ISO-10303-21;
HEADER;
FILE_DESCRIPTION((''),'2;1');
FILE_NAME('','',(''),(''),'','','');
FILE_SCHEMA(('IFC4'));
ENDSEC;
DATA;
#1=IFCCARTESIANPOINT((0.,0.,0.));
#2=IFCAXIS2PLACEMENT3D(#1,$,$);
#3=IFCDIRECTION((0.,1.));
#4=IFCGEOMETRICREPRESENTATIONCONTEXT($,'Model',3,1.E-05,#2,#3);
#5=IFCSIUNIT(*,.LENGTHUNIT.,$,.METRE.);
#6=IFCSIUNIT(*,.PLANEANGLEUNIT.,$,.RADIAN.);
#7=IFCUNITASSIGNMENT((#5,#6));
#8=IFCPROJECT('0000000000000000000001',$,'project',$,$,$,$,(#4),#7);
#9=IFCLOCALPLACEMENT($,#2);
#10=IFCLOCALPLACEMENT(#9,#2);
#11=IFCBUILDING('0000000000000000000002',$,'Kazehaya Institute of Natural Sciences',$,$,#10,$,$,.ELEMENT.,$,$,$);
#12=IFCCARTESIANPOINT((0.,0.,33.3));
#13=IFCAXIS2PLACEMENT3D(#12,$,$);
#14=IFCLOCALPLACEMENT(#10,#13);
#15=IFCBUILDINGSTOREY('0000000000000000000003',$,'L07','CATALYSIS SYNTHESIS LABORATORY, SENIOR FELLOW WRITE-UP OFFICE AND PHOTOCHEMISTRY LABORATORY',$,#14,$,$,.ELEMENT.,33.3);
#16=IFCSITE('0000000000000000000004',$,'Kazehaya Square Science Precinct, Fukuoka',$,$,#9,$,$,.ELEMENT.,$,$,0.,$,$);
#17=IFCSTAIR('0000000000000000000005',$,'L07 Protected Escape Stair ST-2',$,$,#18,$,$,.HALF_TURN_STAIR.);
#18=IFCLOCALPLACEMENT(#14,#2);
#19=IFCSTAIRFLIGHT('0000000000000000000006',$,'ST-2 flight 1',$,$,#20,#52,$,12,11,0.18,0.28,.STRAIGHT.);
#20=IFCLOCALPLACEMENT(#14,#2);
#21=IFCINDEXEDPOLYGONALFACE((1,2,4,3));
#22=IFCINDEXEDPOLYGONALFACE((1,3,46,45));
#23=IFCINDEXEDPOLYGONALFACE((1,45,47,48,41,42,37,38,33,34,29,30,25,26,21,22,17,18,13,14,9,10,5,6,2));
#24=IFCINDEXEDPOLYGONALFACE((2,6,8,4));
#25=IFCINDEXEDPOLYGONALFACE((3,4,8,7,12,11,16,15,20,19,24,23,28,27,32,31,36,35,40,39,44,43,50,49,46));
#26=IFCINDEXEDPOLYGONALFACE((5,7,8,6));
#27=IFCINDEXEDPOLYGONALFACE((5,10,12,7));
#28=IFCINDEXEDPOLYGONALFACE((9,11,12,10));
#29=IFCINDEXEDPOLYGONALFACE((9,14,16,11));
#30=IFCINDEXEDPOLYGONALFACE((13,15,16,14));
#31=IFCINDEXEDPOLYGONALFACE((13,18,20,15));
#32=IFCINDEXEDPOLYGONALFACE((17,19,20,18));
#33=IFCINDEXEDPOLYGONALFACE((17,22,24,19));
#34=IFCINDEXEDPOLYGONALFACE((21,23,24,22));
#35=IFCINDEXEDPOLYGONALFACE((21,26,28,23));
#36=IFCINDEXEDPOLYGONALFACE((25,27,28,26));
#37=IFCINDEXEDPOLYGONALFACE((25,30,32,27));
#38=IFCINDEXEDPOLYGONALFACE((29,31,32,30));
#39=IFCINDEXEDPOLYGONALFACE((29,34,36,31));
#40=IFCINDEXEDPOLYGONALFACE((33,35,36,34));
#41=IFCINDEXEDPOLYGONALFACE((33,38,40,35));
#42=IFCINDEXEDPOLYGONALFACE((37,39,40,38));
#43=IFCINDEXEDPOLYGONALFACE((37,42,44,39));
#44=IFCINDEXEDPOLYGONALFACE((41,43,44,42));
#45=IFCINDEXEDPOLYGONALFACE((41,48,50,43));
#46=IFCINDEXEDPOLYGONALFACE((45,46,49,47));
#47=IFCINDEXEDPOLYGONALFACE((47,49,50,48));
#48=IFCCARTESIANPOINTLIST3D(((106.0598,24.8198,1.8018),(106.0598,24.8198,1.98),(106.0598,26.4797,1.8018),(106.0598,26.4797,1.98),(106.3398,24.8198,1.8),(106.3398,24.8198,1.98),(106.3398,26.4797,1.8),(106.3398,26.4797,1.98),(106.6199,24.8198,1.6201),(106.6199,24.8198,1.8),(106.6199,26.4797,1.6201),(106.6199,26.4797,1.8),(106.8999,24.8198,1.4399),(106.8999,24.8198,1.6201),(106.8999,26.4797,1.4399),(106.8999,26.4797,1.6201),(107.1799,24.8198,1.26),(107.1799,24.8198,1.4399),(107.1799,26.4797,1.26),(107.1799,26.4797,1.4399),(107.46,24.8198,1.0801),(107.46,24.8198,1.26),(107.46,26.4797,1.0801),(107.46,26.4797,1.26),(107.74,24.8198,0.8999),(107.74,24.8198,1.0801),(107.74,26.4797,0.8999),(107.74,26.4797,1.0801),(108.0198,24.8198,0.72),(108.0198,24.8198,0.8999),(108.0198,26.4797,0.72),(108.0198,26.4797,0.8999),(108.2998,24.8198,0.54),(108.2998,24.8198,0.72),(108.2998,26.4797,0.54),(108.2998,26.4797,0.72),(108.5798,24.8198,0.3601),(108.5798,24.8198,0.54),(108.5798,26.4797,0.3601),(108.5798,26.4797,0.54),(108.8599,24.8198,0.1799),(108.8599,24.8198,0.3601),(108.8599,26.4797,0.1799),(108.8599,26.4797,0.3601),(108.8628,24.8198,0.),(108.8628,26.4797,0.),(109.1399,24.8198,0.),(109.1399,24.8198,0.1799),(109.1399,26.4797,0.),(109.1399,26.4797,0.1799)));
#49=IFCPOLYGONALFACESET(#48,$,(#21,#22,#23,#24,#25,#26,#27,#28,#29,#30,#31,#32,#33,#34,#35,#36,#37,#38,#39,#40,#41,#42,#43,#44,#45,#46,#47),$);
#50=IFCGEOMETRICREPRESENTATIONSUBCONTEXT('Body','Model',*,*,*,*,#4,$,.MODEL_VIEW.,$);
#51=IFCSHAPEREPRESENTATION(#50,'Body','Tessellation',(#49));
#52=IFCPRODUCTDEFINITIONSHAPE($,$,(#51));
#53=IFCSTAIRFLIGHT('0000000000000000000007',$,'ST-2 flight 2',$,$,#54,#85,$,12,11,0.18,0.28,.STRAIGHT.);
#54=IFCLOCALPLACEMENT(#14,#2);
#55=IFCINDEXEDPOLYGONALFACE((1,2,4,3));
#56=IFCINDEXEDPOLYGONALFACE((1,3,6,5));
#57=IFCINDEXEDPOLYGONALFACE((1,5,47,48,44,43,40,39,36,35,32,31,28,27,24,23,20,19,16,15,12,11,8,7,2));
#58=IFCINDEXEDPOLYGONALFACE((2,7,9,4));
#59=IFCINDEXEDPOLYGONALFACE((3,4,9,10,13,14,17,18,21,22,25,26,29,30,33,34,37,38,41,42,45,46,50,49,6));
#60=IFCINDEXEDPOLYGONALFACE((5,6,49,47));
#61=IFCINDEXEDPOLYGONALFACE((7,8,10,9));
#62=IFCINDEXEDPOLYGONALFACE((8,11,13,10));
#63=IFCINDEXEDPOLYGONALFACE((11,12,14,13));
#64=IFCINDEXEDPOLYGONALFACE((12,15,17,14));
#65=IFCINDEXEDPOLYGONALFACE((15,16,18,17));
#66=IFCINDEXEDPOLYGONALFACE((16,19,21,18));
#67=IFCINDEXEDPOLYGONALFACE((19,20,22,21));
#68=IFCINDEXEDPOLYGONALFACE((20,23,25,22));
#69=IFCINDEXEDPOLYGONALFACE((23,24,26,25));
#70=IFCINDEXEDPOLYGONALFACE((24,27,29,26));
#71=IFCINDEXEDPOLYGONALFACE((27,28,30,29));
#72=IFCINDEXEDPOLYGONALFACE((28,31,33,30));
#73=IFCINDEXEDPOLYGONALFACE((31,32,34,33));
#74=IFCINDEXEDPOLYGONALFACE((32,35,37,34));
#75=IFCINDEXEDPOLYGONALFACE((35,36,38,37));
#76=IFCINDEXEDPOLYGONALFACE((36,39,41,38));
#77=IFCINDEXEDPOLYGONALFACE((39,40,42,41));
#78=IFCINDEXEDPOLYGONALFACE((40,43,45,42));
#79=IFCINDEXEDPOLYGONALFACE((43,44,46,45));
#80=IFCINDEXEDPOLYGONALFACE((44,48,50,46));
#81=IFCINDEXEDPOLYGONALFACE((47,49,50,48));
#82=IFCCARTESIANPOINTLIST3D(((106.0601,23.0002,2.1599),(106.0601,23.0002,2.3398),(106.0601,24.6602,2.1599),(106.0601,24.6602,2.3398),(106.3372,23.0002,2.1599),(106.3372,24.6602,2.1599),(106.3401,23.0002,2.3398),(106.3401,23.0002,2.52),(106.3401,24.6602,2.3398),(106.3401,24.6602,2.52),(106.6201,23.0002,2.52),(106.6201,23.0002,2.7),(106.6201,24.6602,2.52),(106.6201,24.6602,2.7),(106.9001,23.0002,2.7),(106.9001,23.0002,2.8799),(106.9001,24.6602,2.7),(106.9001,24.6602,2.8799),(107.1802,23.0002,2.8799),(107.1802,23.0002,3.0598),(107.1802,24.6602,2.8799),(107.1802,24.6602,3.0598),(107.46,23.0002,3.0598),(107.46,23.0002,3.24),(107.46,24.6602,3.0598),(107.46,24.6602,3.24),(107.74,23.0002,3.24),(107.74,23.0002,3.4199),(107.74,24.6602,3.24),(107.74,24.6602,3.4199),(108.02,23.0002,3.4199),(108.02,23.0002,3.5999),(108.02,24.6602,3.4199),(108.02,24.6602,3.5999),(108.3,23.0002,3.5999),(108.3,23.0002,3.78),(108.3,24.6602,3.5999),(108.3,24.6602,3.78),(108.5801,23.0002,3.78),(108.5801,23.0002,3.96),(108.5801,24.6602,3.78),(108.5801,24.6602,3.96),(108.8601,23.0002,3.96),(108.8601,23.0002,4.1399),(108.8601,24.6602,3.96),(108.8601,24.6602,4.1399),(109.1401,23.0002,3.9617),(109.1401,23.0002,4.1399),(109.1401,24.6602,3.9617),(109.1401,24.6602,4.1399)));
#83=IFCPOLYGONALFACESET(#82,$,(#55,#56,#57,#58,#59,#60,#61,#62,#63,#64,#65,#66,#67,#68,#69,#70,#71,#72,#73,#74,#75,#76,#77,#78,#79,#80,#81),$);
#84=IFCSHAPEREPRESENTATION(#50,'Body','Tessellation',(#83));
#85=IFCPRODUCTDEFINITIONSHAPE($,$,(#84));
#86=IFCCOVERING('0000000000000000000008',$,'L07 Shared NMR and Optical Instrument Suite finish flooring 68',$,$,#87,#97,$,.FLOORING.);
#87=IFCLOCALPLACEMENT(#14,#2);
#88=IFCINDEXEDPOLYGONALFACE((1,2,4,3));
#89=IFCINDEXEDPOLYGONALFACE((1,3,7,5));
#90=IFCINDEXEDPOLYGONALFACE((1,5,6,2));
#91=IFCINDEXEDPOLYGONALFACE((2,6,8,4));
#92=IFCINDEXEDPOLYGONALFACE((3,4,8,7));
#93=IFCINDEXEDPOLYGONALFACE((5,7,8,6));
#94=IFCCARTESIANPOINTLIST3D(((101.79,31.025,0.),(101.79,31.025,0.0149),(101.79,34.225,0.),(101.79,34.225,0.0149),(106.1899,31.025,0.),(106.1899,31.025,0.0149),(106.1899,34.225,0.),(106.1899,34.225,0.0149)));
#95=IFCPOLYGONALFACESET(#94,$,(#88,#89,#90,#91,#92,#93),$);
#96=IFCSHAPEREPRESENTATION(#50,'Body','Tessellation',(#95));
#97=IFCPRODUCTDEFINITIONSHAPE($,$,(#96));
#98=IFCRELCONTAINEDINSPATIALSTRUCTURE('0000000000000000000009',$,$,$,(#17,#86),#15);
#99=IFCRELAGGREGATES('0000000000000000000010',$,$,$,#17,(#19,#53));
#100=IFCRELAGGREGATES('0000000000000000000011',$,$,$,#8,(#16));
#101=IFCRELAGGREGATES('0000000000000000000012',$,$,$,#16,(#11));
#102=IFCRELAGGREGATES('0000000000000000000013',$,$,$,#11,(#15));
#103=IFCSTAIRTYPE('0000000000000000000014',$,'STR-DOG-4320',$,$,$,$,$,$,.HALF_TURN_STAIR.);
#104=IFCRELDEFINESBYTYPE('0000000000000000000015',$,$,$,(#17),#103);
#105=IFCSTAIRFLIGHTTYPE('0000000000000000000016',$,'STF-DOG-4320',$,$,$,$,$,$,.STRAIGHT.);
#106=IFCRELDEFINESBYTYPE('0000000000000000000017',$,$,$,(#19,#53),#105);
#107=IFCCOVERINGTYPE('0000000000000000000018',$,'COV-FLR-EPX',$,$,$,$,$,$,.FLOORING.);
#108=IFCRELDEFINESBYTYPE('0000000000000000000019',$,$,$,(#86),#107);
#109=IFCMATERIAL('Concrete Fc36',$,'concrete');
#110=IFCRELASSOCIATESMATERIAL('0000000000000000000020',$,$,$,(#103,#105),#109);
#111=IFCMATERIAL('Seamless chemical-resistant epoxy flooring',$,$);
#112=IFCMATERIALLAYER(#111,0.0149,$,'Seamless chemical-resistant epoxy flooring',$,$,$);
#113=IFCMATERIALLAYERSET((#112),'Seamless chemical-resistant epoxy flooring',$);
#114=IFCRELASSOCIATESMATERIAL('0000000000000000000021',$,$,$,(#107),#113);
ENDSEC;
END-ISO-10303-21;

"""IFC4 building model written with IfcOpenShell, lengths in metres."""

from ifc_helpers import new_model, si_unit, direction, frame, origin, origin_2d, place, context, subcontext, project, spatial, polyline, rectangle, outline, extrude, material, layer, layer_set, type_object, element, aggregate, save


model = new_model("IFC4")

# Units and contexts
model_context = context("Model", 3, precision=1e-05, world=origin(), true_north=direction((0.0, 1.0)))
body_context = subcontext(model_context, "Body", "Model", "MODEL_VIEW")
ifc_project = project(units=[si_unit("LENGTHUNIT", "METRE"), si_unit("PLANEANGLEUNIT", "RADIAN")], contexts=[model_context])

# Site, building, storey
site_placement = place(None, origin())
site = spatial("IfcSite", under=ifc_project, at=site_placement, Name="Kazehaya Square Science Precinct, Fukuoka", CompositionType="ELEMENT", RefElevation=0.0)
building_placement = place(site_placement, origin())
building = spatial("IfcBuilding", under=site, at=building_placement, Name="Kazehaya Institute of Natural Sciences", CompositionType="ELEMENT")
storey_placement = place(building_placement, frame((0.0, 0.0, 33.3)))
storey = spatial("IfcBuildingStorey", under=building, at=storey_placement, Name="L07", Description="CATALYSIS SYNTHESIS LABORATORY, SENIOR FELLOW WRITE-UP OFFICE AND PHOTOCHEMISTRY LABORATORY", CompositionType="ELEMENT", Elevation=33.3)

# Shared definitions
ifc_material_1 = material(Name="Concrete Fc36", Category="concrete")

# Stair, stair flights
stair_type = type_object("IfcStairType", Name="STR-DOG-4320", PredefinedType="HALF_TURN_STAIR", material=ifc_material_1)
stair_placement = place(storey_placement, origin())
stair = element("IfcStair", 1, at=stair_placement, inside=storey, type_object=stair_type, Name="L07 Protected Escape Stair ST-2", PredefinedType="HALF_TURN_STAIR")
stair_flight_type = type_object("IfcStairFlightType", Name="STF-DOG-4320", PredefinedType="STRAIGHT", material=ifc_material_1)
stair_flight_1_placement = place(storey_placement, frame((109.1399, 25.6499, 0.0), z_axis=(0.0, 0.0, 1.0), x_axis=(-1.0, 0.0, 0.0)))
stair_flight_1 = element("IfcStairFlight", 2, at=stair_flight_1_placement, type_object=stair_flight_type, Name="ST-2 flight 1", NumberOfRisers=12, NumberOfTreads=11, PredefinedType="STRAIGHT", RiserHeight=0.18, TreadLength=0.28, context=body_context, shape_type="SweptSolid", body=[
    extrude(outline(polyline([(0.0, 0.0), (0.0, 0.1799), (0.28, 0.1799), (0.28, 0.3601), (0.5601, 0.3601), (0.5601, 0.54), (0.8401, 0.54), (0.8401, 0.72), (1.1201, 0.72), (1.1201, 0.8999), (1.3999, 0.8999), (1.3999, 1.0801), (1.6799, 1.0801), (1.6799, 1.26), (1.96, 1.26), (1.96, 1.4399), (2.24, 1.4399), (2.24, 1.6201), (2.52, 1.6201), (2.52, 1.8), (2.8, 1.8), (2.8, 1.98), (3.0801, 1.98), (3.0801, 2.1599), (3.0801, 1.8018), (0.2771, 0.0), (0.0, 0.0)])), frame((0.0, 0.8301, 0.0), z_axis=(0.0, -1.0, 0.0), x_axis=(1.0, 0.0, 0.0)), (0.0, 0.0, 1.0), 1.6599),
])
stair_flight_2_placement = place(storey_placement, frame((106.0601, 23.8301, 2.1599), z_axis=(0.0, 0.0, 1.0), x_axis=(1.0, 0.0, 0.0)))
stair_flight_2 = element("IfcStairFlight", 3, at=stair_flight_2_placement, type_object=stair_flight_type, Name="ST-2 flight 2", NumberOfRisers=12, NumberOfTreads=11, PredefinedType="STRAIGHT", RiserHeight=0.18, TreadLength=0.28, context=body_context, shape_type="SweptSolid", body=[
    extrude(outline(polyline([(0.0, 0.0), (0.0, 0.1799), (0.28, 0.1799), (0.28, 0.3601), (0.5601, 0.3601), (0.5601, 0.54), (0.8401, 0.54), (0.8401, 0.72), (1.1201, 0.72), (1.1201, 0.8999), (1.3999, 0.8999), (1.3999, 1.0801), (1.6799, 1.0801), (1.6799, 1.26), (1.96, 1.26), (1.96, 1.4399), (2.24, 1.4399), (2.24, 1.6201), (2.52, 1.6201), (2.52, 1.8), (2.8, 1.8), (2.8, 1.98), (3.0801, 1.98), (3.0801, 2.1599), (3.0801, 1.8018), (0.2771, 0.0), (0.0, 0.0)])), frame((0.0, 0.8301, 0.0), z_axis=(0.0, -1.0, 0.0), x_axis=(1.0, 0.0, 0.0)), (0.0, 0.0, 1.0), 1.6599),
])
aggregate(stair, [stair_flight_1, stair_flight_2])

# Covering
ifc_material_2 = material(Name="Seamless chemical-resistant epoxy flooring")
ifc_layer_1 = layer(ifc_material_2, 0.0149, Name="Seamless chemical-resistant epoxy flooring")
ifc_layer_set_1 = layer_set([ifc_layer_1], Name="Seamless chemical-resistant epoxy flooring")
covering_type = type_object("IfcCoveringType", Name="COV-FLR-EPX", PredefinedType="FLOORING", material=ifc_layer_set_1)
covering_placement = place(storey_placement, frame((103.99, 32.625, 0.0), z_axis=(0.0, 0.0, 1.0), x_axis=(1.0, 0.0, 0.0)))
element("IfcCovering", 4, at=covering_placement, inside=storey, type_object=covering_type, Name="L07 Shared NMR and Optical Instrument Suite finish flooring 68", PredefinedType="FLOORING", context=body_context, shape_type="SweptSolid", body=[
    extrude(rectangle(XDim=4.3999, YDim=3.2, at=origin_2d()), origin(), (0.0, 0.0, 1.0), 0.0149),
])

save(model, "model.ifc")
